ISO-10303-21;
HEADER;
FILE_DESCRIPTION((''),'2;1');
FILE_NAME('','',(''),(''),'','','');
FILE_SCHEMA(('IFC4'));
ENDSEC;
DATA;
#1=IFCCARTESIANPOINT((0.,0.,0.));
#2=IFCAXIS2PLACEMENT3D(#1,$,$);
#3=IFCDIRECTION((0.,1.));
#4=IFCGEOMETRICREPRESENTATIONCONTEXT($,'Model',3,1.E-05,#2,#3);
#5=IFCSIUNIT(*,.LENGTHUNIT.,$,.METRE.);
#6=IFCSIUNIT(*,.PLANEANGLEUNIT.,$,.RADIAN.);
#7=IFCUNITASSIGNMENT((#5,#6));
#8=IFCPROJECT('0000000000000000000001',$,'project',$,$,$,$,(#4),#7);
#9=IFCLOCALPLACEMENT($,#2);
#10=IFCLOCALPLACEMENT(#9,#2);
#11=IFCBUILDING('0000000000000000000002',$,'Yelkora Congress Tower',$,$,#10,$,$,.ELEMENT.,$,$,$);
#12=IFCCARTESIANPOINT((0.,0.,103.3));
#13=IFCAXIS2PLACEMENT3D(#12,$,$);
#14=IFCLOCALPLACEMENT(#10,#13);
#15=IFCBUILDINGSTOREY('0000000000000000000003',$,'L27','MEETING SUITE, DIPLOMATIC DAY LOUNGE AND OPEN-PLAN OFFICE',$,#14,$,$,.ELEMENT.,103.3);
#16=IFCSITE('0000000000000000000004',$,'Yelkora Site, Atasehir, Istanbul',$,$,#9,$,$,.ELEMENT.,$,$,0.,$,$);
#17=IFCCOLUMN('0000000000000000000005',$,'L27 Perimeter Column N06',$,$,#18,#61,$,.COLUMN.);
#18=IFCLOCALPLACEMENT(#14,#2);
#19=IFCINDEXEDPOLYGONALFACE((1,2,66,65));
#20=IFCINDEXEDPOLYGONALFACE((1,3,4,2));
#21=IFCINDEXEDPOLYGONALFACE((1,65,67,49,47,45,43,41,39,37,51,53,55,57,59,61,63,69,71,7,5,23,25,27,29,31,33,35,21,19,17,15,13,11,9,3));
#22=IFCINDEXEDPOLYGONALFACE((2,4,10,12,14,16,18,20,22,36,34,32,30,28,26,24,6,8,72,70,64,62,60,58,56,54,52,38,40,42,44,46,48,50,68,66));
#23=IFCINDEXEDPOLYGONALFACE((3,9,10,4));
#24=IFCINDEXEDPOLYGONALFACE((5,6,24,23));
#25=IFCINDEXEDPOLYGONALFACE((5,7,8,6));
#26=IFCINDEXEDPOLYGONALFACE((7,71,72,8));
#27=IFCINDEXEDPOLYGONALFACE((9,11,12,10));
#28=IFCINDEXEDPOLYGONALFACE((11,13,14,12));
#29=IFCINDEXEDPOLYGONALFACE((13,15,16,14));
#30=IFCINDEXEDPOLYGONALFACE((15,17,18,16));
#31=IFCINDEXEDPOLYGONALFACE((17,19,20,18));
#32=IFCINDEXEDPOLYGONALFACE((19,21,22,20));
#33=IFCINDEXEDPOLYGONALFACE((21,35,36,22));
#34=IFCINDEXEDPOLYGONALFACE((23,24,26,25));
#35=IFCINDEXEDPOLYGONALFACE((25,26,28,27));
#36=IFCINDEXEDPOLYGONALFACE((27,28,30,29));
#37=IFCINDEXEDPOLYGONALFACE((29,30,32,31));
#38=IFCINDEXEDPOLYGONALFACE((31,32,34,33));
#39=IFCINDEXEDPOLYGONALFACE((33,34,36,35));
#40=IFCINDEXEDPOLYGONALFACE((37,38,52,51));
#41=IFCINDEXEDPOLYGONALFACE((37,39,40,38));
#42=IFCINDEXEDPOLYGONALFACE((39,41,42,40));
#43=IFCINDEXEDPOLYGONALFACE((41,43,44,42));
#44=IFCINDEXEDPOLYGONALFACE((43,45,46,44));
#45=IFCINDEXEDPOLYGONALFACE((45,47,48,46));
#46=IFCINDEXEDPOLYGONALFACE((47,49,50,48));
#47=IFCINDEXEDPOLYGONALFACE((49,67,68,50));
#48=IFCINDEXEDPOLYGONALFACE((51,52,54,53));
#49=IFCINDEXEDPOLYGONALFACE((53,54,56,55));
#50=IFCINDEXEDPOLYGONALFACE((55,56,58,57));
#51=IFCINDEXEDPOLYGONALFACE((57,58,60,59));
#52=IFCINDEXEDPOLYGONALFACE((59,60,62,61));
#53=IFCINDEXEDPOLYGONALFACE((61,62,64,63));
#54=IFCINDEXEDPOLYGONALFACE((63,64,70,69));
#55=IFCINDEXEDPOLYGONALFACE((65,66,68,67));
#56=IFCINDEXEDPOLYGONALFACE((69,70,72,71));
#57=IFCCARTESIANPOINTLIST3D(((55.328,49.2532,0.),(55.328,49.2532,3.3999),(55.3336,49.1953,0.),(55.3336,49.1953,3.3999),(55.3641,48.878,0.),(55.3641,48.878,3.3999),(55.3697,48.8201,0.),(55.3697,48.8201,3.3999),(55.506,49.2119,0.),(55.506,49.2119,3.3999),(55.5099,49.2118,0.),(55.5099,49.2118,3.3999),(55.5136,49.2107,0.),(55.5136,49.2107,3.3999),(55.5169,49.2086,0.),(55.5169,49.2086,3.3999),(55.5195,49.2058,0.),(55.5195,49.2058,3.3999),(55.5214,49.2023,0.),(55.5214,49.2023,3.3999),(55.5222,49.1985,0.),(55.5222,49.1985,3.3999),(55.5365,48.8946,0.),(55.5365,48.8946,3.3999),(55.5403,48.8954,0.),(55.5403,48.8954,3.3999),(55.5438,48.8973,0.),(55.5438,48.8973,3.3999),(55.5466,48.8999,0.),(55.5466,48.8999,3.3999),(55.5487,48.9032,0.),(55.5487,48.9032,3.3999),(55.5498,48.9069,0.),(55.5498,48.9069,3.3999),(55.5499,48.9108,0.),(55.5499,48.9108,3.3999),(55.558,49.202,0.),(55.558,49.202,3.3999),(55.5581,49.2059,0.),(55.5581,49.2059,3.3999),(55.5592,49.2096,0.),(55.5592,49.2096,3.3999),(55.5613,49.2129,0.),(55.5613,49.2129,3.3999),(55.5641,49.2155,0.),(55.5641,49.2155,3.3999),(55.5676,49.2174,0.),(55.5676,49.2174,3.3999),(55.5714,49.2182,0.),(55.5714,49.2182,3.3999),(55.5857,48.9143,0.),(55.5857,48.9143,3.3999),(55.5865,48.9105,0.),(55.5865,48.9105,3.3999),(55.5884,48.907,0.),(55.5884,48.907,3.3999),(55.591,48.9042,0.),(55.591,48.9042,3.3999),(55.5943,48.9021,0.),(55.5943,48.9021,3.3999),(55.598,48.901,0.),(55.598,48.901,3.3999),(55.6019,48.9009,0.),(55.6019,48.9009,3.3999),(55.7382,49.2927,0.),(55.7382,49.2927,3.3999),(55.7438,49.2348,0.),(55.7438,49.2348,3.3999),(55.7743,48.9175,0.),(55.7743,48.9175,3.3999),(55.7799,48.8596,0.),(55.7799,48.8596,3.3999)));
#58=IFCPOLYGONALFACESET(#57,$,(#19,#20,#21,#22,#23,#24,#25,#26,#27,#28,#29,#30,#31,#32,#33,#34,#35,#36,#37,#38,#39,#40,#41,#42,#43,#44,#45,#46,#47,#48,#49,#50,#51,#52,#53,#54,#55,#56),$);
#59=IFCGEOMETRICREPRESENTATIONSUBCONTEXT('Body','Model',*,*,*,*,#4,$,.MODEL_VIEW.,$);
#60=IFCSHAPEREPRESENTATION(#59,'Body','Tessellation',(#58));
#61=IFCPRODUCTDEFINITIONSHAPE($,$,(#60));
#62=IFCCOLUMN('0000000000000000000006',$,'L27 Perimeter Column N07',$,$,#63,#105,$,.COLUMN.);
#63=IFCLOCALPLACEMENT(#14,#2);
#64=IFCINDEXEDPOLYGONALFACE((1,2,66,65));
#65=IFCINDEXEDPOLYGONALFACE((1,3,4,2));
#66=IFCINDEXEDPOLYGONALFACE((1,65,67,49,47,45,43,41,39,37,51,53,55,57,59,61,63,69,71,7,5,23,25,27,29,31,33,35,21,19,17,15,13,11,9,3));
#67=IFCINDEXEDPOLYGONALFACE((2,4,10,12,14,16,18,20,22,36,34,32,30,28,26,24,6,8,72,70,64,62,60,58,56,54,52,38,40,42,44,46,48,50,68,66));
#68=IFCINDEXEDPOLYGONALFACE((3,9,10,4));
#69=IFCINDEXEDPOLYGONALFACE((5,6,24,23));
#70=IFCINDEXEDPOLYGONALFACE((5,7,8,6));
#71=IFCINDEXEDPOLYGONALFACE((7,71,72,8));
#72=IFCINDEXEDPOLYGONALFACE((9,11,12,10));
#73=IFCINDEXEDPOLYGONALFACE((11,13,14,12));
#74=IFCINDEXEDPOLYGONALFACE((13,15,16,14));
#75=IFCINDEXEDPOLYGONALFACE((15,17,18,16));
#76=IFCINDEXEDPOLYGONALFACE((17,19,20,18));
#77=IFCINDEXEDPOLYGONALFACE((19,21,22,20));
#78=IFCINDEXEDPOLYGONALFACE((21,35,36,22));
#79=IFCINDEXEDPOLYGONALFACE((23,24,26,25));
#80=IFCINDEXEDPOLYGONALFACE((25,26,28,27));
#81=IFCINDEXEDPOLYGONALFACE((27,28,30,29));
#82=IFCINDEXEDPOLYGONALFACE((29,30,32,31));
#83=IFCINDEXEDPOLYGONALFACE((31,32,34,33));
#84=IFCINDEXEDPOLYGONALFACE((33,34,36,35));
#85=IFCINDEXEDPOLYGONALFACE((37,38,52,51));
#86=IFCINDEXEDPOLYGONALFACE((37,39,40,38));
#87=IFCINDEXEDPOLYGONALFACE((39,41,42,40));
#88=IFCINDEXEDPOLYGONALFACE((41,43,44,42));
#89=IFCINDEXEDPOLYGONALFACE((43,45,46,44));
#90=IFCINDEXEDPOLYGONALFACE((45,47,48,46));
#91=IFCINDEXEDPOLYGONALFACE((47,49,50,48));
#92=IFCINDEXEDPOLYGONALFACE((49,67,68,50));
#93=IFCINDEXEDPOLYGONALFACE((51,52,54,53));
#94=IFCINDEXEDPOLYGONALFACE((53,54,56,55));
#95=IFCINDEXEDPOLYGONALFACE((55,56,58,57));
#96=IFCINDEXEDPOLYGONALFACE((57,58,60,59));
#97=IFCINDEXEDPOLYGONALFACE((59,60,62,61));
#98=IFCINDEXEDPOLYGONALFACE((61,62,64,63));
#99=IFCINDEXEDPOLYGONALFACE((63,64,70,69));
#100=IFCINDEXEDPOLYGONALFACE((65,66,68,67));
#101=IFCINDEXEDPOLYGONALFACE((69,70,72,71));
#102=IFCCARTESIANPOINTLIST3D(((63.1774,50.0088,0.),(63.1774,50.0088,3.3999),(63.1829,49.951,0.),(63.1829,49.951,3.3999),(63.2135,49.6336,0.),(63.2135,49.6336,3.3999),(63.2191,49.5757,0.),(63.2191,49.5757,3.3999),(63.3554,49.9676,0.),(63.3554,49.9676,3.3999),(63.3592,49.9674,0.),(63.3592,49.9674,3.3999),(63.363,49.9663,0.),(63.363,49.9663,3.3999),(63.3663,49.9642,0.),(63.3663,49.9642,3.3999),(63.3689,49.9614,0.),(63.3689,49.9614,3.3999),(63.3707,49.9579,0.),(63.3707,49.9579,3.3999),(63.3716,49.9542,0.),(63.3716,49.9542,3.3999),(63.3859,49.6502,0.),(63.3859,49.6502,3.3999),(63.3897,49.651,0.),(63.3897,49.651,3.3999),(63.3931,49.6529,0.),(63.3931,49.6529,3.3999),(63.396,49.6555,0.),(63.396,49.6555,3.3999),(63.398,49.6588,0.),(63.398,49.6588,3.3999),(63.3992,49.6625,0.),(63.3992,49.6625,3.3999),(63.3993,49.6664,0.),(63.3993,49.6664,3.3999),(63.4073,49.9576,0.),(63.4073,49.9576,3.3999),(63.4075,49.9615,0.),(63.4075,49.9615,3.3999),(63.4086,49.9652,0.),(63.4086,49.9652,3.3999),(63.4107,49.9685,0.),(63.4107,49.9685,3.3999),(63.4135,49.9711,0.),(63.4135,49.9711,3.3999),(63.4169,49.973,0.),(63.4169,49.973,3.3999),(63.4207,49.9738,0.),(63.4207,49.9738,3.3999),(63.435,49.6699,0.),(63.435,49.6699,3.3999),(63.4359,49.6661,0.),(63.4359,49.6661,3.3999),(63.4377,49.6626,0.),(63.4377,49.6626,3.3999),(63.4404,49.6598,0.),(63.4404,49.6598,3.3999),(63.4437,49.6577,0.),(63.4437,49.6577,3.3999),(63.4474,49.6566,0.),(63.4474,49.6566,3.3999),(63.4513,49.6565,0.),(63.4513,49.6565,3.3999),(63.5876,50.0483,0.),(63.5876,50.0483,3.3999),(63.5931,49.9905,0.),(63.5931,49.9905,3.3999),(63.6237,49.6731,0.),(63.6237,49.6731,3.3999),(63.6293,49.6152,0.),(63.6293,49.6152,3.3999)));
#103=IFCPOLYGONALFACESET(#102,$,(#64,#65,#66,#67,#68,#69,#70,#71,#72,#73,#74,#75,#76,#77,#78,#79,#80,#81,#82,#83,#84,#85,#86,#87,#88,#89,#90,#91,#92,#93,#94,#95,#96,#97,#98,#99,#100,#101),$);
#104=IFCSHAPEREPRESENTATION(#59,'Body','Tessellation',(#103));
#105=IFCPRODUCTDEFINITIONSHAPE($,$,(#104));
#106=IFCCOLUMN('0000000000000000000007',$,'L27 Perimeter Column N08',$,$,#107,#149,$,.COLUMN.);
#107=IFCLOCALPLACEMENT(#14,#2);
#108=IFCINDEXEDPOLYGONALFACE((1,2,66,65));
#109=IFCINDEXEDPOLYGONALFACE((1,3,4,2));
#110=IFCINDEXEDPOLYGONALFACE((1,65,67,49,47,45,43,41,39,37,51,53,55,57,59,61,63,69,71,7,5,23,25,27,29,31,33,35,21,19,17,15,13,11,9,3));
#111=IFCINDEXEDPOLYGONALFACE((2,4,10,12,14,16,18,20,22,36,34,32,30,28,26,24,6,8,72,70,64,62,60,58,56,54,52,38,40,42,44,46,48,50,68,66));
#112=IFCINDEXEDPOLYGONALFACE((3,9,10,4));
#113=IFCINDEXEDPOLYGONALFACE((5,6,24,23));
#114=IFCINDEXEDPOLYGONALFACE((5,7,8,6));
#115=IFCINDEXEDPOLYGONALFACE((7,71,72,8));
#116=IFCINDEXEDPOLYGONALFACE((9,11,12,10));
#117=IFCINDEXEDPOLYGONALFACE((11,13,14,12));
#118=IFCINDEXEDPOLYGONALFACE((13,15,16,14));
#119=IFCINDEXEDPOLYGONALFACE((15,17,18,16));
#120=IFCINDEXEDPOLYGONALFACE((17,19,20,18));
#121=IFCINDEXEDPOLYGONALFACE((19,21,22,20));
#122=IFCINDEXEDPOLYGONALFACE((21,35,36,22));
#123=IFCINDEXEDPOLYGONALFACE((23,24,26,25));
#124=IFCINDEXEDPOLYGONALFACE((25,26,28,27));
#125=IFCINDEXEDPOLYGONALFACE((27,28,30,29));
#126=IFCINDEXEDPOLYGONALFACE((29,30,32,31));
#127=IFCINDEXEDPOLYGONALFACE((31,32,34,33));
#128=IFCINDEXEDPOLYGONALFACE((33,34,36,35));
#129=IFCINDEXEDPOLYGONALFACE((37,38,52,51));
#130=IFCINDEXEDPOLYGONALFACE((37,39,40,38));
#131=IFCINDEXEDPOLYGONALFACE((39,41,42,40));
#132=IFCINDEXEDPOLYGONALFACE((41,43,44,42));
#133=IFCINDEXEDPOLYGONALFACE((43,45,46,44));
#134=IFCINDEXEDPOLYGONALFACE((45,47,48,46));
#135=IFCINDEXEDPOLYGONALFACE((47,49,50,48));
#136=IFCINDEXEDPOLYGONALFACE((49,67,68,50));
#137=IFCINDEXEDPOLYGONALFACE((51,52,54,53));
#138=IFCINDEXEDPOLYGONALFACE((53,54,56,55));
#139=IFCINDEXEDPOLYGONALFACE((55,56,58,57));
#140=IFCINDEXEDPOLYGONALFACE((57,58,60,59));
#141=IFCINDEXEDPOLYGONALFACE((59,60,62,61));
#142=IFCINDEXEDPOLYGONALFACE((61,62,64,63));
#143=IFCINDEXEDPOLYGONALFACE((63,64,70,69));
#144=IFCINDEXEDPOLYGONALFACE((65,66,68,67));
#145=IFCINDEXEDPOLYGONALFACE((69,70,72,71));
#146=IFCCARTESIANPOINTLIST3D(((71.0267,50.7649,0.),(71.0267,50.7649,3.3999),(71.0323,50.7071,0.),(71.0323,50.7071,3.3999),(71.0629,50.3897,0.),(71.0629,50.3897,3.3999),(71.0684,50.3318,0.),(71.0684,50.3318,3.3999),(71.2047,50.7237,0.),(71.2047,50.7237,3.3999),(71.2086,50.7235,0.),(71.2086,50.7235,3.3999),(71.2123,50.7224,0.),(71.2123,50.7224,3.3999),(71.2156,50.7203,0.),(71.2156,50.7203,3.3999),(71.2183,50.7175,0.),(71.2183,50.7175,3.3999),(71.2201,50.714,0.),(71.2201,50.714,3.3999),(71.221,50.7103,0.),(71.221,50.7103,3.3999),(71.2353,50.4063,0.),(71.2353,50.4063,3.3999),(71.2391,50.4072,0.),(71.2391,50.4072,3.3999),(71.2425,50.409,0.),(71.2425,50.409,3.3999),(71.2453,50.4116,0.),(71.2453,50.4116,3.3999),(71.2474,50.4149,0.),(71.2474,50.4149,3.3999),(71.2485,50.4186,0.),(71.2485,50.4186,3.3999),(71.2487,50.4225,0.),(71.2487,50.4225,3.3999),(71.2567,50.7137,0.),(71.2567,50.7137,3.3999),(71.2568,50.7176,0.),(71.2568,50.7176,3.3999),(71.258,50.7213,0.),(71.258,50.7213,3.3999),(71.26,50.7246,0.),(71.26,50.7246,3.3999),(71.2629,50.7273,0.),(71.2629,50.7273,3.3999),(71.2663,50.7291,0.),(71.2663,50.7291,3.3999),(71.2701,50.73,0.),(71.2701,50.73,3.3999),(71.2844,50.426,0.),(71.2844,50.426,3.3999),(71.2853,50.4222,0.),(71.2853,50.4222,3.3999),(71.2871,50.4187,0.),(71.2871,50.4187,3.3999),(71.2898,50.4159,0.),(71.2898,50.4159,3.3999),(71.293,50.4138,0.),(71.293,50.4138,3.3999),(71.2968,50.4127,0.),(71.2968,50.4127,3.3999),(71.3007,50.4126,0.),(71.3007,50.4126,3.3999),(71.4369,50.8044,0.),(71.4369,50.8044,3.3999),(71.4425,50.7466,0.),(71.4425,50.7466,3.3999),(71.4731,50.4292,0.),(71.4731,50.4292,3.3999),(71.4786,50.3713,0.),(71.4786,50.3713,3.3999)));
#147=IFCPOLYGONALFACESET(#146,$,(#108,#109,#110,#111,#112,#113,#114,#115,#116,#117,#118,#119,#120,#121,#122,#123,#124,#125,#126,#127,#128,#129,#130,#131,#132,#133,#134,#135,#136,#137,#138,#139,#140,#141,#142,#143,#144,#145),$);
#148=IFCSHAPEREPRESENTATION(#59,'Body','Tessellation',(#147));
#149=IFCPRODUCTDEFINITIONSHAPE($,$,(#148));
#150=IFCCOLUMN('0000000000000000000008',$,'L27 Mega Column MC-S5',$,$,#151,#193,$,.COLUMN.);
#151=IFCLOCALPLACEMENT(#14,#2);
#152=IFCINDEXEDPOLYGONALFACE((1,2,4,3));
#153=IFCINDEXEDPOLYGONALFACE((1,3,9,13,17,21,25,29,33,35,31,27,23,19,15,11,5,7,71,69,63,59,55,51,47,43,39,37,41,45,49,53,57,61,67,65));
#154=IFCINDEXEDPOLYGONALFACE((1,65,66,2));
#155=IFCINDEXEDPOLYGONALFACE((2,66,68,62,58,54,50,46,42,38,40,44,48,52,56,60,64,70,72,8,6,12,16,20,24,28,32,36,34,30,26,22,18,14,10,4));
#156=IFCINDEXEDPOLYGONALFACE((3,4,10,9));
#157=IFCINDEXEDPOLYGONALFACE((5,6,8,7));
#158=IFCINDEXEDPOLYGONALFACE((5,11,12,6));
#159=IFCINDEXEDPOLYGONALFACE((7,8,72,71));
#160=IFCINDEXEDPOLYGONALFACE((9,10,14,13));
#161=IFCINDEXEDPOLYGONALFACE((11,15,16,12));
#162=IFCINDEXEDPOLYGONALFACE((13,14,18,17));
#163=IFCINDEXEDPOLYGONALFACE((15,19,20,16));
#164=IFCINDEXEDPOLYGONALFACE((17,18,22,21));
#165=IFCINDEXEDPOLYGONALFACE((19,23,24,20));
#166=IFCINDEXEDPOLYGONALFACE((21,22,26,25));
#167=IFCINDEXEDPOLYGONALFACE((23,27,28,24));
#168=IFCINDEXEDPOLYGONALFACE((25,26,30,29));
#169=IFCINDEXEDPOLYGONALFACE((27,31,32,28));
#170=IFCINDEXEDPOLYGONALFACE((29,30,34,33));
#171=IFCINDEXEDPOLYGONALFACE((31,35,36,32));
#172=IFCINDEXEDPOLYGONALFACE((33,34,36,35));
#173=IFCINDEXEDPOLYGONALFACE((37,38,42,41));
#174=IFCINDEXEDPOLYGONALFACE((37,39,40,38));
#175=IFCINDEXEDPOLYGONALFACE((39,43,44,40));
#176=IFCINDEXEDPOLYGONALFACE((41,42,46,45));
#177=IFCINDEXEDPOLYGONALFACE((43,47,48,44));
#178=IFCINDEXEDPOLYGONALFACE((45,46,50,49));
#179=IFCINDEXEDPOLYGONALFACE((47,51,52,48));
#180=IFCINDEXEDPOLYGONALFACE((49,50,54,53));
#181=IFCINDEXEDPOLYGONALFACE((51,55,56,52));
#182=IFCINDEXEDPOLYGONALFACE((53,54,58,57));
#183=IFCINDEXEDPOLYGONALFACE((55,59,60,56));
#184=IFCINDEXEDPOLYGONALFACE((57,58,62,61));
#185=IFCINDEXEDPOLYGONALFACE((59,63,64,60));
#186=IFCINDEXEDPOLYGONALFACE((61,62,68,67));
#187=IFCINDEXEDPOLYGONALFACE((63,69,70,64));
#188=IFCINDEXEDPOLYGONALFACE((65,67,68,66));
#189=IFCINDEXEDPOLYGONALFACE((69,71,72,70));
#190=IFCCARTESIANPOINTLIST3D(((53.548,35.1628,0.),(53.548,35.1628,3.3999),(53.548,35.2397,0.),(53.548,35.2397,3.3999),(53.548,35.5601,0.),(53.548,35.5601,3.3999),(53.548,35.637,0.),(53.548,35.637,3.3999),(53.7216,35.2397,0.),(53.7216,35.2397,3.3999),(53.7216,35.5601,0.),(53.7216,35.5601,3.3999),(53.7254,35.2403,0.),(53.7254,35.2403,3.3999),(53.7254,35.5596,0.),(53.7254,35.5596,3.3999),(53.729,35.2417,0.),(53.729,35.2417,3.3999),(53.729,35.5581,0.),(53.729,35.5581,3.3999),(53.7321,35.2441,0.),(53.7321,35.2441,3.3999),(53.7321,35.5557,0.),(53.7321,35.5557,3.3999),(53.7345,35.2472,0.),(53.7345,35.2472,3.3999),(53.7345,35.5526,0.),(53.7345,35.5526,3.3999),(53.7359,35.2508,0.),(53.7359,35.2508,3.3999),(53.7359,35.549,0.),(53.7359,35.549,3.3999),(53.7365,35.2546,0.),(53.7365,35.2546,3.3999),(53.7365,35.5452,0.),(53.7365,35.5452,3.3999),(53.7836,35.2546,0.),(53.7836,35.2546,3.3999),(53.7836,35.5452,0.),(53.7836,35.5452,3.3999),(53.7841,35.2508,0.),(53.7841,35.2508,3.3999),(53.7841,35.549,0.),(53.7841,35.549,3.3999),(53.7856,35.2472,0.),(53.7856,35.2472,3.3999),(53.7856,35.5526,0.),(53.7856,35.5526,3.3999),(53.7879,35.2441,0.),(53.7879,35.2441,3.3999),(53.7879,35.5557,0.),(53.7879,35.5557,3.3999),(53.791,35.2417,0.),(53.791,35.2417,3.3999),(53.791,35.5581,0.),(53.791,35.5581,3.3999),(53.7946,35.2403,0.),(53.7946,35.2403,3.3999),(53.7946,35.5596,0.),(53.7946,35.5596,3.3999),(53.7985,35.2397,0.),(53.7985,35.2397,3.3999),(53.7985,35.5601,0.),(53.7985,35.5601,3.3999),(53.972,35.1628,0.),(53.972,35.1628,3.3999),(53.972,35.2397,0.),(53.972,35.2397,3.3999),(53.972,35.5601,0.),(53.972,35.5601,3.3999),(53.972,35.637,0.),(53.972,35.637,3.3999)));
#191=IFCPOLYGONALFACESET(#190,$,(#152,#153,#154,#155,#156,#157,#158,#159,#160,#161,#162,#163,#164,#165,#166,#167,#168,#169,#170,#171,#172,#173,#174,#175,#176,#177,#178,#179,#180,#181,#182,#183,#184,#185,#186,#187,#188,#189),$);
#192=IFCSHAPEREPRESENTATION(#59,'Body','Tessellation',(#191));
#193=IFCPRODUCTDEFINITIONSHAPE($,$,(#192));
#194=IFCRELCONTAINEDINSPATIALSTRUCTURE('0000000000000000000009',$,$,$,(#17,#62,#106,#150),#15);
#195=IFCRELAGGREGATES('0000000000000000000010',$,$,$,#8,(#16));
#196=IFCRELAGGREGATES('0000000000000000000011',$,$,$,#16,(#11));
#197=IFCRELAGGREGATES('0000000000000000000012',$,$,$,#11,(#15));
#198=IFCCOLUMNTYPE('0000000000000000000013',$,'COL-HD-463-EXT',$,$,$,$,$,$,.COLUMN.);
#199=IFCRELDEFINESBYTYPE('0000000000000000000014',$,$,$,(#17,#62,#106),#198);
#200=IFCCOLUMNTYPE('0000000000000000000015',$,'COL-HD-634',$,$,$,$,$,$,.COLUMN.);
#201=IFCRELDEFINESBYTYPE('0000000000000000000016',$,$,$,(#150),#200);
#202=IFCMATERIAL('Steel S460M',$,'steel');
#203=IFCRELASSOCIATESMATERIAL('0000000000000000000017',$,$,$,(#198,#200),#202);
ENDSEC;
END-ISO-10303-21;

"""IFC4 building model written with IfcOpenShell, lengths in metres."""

from ifc_helpers import new_model, si_unit, direction, frame, origin, origin_2d, place, context, subcontext, project, spatial, i_section, extrude, material, material_profile, profile_set, type_object, element, save


model = new_model("IFC4")

# Units and contexts
model_context = context("Model", 3, precision=1e-05, world=origin(), true_north=direction((0.0, 1.0)))
body_context = subcontext(model_context, "Body", "Model", "MODEL_VIEW")
ifc_project = project(units=[si_unit("LENGTHUNIT", "METRE"), si_unit("PLANEANGLEUNIT", "RADIAN")], contexts=[model_context])

# Site, building, storey
site_placement = place(None, origin())
site = spatial("IfcSite", under=ifc_project, at=site_placement, Name="Yelkora Site, Atasehir, Istanbul", CompositionType="ELEMENT", RefElevation=0.0)
building_placement = place(site_placement, origin())
building = spatial("IfcBuilding", under=site, at=building_placement, Name="Yelkora Congress Tower", CompositionType="ELEMENT")
storey_placement = place(building_placement, frame((0.0, 0.0, 103.3)))
storey = spatial("IfcBuildingStorey", under=building, at=storey_placement, Name="L27", Description="MEETING SUITE, DIPLOMATIC DAY LOUNGE AND OPEN-PLAN OFFICE", CompositionType="ELEMENT", Elevation=103.3)

# Columns
ifc_material_1 = material(Name="Steel S460M", Category="steel")
ifc_material_profile_1 = material_profile(ifc_material_1, i_section(OverallWidth=0.4121, OverallDepth=0.4351, WebThickness=0.0359, FlangeThickness=0.0581, FilletRadius=0.0149, at=origin_2d()), Name="HD 400x463")
ifc_profile_set_1 = profile_set([ifc_material_profile_1], Name="Steel S460M")
column_type_1 = type_object("IfcColumnType", Name="COL-HD-463-EXT", PredefinedType="COLUMN", material=ifc_profile_set_1)
for number, where, z_axis, x_axis, name in (
    (1, (55.554, 49.0564, 0.0), (0.0, 0.0, 1.0), (0.995396, 0.095846, 0.0), "L27 Perimeter Column N06"),
    (2, (63.4033, 49.812, 0.0), (0.0, 0.0, 1.0), (0.995396, 0.095846, 0.0), "L27 Perimeter Column N07"),
    (3, (71.2527, 50.5681, 0.0), (0.0, 0.0, 1.0), (0.995396, 0.095846, 0.0), "L27 Perimeter Column N08"),
):
    element("IfcColumn", number, at=place(storey_placement, frame(where, z_axis=z_axis, x_axis=x_axis)), inside=storey, type_object=column_type_1, Name=name, PredefinedType="COLUMN", context=body_context, shape_type="SweptSolid", body=[
        extrude(i_section(OverallWidth=0.4121, OverallDepth=0.4351, WebThickness=0.0359, FlangeThickness=0.0581, FilletRadius=0.0149, at=origin_2d()), origin(), (0.0, 0.0, 1.0), 3.3999),
    ])
ifc_material_profile_2 = material_profile(ifc_material_1, i_section(OverallWidth=0.4241, OverallDepth=0.4741, WebThickness=0.0471, FlangeThickness=0.0769, FilletRadius=0.0149, at=origin_2d()), Name="HD 400x634")
ifc_profile_set_2 = profile_set([ifc_material_profile_2], Name="Steel S460M")
column_type_2 = type_object("IfcColumnType", Name="COL-HD-634", PredefinedType="COLUMN", material=ifc_profile_set_2)
for number, where, z_axis, x_axis, name in (
    (4, (53.76, 35.3999, 0.0), (0.0, 0.0, 1.0), (1.0, 0.0, 0.0), "L27 Mega Column MC-S5"),
):
    element("IfcColumn", number, at=place(storey_placement, frame(where, z_axis=z_axis, x_axis=x_axis)), inside=storey, type_object=column_type_2, Name=name, PredefinedType="COLUMN", context=body_context, shape_type="SweptSolid", body=[
        extrude(i_section(OverallWidth=0.4241, OverallDepth=0.4741, WebThickness=0.0471, FlangeThickness=0.0769, FilletRadius=0.0149, at=origin_2d()), origin(), (0.0, 0.0, 1.0), 3.3999),
    ])

save(model, "model.ifc")
